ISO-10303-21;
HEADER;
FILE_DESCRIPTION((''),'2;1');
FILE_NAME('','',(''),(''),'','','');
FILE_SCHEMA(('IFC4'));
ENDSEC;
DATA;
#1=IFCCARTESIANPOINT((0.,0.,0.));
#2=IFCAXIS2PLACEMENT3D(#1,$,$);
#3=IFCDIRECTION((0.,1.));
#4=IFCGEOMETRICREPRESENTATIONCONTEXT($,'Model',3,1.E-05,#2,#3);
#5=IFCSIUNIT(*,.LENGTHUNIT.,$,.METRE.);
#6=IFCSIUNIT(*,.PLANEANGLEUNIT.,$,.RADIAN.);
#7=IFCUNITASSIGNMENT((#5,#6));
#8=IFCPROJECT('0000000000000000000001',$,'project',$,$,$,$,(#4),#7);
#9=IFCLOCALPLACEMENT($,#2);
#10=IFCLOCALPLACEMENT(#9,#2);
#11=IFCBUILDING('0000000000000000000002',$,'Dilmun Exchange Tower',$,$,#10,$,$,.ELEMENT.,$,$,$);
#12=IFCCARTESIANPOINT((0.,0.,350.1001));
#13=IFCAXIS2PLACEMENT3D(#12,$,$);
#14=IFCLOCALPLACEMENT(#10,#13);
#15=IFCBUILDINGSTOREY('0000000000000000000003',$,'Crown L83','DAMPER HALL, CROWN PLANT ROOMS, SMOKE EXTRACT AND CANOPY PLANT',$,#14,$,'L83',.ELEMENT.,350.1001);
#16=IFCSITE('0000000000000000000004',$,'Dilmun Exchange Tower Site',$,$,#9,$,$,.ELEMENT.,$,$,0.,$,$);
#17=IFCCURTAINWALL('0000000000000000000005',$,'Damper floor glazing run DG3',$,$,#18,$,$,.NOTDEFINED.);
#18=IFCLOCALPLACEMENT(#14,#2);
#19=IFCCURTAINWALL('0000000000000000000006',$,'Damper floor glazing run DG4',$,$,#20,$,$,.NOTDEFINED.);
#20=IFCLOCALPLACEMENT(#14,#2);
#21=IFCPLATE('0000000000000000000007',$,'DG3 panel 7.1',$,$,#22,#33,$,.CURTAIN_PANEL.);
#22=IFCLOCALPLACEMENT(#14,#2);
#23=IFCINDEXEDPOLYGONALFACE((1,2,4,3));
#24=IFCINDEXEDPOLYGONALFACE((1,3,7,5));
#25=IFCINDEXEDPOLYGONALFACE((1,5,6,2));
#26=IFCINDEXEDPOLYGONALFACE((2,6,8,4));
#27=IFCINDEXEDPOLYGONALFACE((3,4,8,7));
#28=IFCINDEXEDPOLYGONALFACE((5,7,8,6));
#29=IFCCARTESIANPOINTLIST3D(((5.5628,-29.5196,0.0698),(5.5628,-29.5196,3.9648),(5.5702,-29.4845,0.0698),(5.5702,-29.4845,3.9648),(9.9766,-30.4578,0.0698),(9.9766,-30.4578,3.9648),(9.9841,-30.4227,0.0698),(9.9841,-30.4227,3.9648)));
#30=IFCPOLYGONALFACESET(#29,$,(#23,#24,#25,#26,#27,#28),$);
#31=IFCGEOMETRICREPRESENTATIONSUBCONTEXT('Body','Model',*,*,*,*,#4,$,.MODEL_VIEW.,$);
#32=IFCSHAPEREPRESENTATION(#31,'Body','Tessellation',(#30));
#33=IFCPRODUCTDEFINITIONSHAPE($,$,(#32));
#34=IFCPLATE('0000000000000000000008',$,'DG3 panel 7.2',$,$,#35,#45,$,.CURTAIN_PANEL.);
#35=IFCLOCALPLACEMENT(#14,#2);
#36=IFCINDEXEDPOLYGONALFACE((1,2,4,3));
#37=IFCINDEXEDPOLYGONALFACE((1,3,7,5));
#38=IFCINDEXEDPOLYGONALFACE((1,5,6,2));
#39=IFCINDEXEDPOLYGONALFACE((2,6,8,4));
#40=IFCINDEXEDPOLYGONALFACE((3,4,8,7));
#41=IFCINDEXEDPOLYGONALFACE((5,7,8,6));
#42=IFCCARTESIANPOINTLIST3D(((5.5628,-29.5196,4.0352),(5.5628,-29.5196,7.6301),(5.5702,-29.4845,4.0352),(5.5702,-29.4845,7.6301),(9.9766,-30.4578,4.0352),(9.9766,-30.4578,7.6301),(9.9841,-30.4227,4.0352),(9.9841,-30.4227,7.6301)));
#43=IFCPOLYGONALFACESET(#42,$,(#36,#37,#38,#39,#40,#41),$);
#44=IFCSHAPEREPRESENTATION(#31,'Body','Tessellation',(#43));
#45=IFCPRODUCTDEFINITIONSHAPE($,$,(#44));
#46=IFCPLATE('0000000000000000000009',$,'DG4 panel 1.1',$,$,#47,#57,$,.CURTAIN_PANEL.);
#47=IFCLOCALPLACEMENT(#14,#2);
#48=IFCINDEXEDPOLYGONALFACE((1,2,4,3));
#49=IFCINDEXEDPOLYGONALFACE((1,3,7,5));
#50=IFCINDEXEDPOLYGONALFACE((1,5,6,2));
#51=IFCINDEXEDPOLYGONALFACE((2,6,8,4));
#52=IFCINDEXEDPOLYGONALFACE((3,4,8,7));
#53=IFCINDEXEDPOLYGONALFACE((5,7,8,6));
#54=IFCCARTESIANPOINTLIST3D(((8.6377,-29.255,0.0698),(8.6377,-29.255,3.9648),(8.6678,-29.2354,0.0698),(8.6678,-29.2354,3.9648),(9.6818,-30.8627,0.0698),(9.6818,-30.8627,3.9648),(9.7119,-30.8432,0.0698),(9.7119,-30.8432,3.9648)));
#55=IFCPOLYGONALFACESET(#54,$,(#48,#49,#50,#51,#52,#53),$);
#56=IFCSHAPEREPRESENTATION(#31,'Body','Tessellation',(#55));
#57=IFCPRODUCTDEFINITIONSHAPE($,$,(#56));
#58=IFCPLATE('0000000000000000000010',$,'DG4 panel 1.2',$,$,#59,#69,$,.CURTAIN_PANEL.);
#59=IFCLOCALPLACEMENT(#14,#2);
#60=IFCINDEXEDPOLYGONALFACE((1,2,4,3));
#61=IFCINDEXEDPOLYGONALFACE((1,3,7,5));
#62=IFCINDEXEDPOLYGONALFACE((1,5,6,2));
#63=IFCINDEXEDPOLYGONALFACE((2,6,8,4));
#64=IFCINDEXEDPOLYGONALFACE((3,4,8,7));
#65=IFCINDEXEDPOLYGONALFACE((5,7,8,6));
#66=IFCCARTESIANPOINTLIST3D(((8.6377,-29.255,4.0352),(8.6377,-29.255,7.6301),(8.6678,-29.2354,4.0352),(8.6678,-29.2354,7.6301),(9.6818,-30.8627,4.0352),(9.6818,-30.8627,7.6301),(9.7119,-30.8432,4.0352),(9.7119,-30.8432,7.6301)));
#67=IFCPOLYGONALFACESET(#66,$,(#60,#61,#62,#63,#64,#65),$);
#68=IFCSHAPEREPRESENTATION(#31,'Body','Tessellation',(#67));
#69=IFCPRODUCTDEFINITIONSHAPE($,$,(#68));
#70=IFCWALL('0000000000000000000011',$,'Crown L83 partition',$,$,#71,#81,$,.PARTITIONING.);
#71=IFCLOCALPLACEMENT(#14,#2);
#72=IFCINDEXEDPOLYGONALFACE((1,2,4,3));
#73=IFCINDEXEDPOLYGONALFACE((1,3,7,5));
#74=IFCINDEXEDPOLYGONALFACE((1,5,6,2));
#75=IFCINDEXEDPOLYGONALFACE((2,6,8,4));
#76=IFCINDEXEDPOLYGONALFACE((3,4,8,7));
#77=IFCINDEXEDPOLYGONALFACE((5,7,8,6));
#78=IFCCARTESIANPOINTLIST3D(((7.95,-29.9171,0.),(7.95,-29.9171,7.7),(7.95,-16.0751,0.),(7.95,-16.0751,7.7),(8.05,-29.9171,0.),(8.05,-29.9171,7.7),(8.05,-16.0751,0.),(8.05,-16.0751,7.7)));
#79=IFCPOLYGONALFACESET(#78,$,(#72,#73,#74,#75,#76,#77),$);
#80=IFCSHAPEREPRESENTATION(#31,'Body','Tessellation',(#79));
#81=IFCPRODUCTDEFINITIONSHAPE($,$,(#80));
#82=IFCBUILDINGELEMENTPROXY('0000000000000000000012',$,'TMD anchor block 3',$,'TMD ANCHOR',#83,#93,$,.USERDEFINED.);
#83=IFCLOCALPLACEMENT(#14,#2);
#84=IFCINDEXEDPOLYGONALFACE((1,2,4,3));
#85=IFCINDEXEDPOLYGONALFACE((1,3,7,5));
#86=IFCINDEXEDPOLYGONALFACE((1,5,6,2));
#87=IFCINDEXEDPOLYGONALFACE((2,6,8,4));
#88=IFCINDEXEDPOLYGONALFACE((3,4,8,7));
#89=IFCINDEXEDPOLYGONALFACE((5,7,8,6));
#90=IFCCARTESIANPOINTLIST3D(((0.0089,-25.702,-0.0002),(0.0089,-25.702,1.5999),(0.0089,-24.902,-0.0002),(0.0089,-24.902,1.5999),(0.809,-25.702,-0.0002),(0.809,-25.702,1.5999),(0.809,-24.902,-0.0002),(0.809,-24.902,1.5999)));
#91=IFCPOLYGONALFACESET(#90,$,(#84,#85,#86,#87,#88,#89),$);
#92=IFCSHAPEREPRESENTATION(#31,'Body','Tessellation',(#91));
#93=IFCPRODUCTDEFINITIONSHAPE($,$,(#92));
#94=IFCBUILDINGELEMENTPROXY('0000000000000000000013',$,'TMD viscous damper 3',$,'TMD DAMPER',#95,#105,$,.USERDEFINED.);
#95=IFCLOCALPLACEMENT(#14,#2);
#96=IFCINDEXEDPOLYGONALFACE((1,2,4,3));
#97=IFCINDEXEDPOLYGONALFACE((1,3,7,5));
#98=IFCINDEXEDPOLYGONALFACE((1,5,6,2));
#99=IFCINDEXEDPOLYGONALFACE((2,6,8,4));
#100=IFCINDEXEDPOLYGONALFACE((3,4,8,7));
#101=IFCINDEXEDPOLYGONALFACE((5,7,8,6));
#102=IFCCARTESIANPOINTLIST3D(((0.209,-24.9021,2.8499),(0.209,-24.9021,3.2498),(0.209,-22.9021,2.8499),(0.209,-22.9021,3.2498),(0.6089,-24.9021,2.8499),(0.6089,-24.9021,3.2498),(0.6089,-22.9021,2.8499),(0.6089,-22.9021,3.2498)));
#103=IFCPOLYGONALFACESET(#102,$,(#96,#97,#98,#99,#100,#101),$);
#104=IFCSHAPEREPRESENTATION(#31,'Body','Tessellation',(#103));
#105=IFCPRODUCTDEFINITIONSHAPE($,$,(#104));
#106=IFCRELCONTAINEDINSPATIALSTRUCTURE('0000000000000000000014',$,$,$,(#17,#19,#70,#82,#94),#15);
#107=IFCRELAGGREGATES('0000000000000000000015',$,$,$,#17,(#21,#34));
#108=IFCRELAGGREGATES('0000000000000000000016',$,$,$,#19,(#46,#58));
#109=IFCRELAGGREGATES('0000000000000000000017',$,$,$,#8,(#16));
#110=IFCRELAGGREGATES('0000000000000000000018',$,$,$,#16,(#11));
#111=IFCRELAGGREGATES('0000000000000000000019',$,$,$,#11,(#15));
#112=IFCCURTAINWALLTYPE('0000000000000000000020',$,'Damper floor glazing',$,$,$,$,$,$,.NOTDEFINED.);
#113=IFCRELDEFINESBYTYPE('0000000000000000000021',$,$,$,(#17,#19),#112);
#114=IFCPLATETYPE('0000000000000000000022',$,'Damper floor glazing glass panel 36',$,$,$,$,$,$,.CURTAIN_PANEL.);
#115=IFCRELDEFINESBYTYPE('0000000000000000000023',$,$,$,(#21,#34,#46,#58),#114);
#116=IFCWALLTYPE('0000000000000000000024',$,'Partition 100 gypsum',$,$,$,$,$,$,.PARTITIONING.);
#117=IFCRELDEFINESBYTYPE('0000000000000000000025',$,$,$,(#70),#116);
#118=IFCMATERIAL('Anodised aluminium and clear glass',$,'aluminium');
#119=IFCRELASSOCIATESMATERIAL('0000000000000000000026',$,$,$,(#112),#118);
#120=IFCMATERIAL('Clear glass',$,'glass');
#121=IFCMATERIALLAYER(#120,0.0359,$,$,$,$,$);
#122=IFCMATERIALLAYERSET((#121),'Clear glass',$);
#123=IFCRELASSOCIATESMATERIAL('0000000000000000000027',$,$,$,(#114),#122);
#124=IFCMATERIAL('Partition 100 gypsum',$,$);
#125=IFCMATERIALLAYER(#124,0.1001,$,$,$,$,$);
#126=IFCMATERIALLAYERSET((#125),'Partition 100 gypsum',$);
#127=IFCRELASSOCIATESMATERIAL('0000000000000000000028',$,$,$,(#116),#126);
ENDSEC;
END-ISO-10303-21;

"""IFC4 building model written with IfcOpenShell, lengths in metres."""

from ifc_helpers import new_model, si_unit, direction, frame, frame_2d, origin, origin_2d, place, context, subcontext, project, spatial, rectangle, extrude, material, layer, layer_set, type_object, element, aggregate, save


model = new_model("IFC4")

# Units and contexts
model_context = context("Model", 3, precision=1e-05, world=origin(), true_north=direction((0.0, 1.0)))
body_context = subcontext(model_context, "Body", "Model", "MODEL_VIEW")
ifc_project = project(units=[si_unit("LENGTHUNIT", "METRE"), si_unit("PLANEANGLEUNIT", "RADIAN")], contexts=[model_context])

# Site, building, storey
site_placement = place(None, origin())
site = spatial("IfcSite", under=ifc_project, at=site_placement, Name="Dilmun Exchange Tower Site", CompositionType="ELEMENT", RefElevation=0.0)
building_placement = place(site_placement, origin())
building = spatial("IfcBuilding", under=site, at=building_placement, Name="Dilmun Exchange Tower", CompositionType="ELEMENT")
storey_placement = place(building_placement, frame((0.0, 0.0, 350.1001)))
storey = spatial("IfcBuildingStorey", under=building, at=storey_placement, Name="Crown L83", Description="DAMPER HALL, CROWN PLANT ROOMS, SMOKE EXTRACT AND CANOPY PLANT", LongName="L83", CompositionType="ELEMENT", Elevation=350.1001)

# Curtain walls
ifc_material_1 = material(Name="Anodised aluminium and clear glass", Category="aluminium")
curtain_wall_type = type_object("IfcCurtainWallType", Name="Damper floor glazing", PredefinedType="NOTDEFINED", material=ifc_material_1)
curtain_wall_1_placement = place(storey_placement, origin())
curtain_wall_1 = element("IfcCurtainWall", 1, at=curtain_wall_1_placement, inside=storey, type_object=curtain_wall_type, Name="Damper floor glazing run DG3", PredefinedType="NOTDEFINED")
curtain_wall_2_placement = place(storey_placement, origin())
curtain_wall_2 = element("IfcCurtainWall", 2, at=curtain_wall_2_placement, inside=storey, type_object=curtain_wall_type, Name="Damper floor glazing run DG4", PredefinedType="NOTDEFINED")

# Plates
ifc_material_2 = material(Name="Clear glass", Category="glass")
ifc_layer_1 = layer(ifc_material_2, 0.0359)
ifc_layer_set_1 = layer_set([ifc_layer_1], Name="Clear glass")
plate_type = type_object("IfcPlateType", Name="Damper floor glazing glass panel 36", PredefinedType="CURTAIN_PANEL", material=ifc_layer_set_1)
plate_1_placement = place(storey_placement, frame((7.7734, -29.9712, 0.0698), z_axis=(0.0, 0.0, 1.0), x_axis=(0.978148, -0.207911, 0.0)))
plate_1 = element("IfcPlate", 3, at=plate_1_placement, type_object=plate_type, Name="DG3 panel 7.1", PredefinedType="CURTAIN_PANEL", context=body_context, shape_type="SweptSolid", body=[
    extrude(rectangle(XDim=4.5125, YDim=0.0359, at=origin_2d()), origin(), (0.0, 0.0, 1.0), 3.895),
])
plate_2_placement = place(storey_placement, frame((7.7734, -29.9712, 4.0352), z_axis=(0.0, 0.0, 1.0), x_axis=(0.978148, -0.207911, 0.0)))
plate_2 = element("IfcPlate", 4, at=plate_2_placement, type_object=plate_type, Name="DG3 panel 7.2", PredefinedType="CURTAIN_PANEL", context=body_context, shape_type="SweptSolid", body=[
    extrude(rectangle(XDim=4.5125, YDim=0.0359, at=origin_2d()), origin(), (0.0, 0.0, 1.0), 3.595),
])
aggregate(curtain_wall_1, [plate_1, plate_2])
plate_3_placement = place(storey_placement, frame((9.1748, -30.0491, 0.0698), z_axis=(0.0, 0.0, 1.0), x_axis=(-0.544653, 0.838661, 0.0)))
plate_3 = element("IfcPlate", 5, at=plate_3_placement, type_object=plate_type, Name="DG4 panel 1.1", PredefinedType="CURTAIN_PANEL", context=body_context, shape_type="SweptSolid", body=[
    extrude(rectangle(XDim=1.917, YDim=0.0359, at=origin_2d()), origin(), (0.0, 0.0, 1.0), 3.895),
])
plate_4_placement = place(storey_placement, frame((9.1748, -30.0491, 4.0352), z_axis=(0.0, 0.0, 1.0), x_axis=(-0.544653, 0.838661, 0.0)))
plate_4 = element("IfcPlate", 6, at=plate_4_placement, type_object=plate_type, Name="DG4 panel 1.2", PredefinedType="CURTAIN_PANEL", context=body_context, shape_type="SweptSolid", body=[
    extrude(rectangle(XDim=1.917, YDim=0.0359, at=origin_2d()), origin(), (0.0, 0.0, 1.0), 3.595),
])
aggregate(curtain_wall_2, [plate_3, plate_4])

# Wall
ifc_material_3 = material(Name="Partition 100 gypsum")
ifc_layer_2 = layer(ifc_material_3, 0.1001)
ifc_layer_set_2 = layer_set([ifc_layer_2], Name="Partition 100 gypsum")
wall_type = type_object("IfcWallType", Name="Partition 100 gypsum", PredefinedType="PARTITIONING", material=ifc_layer_set_2)
wall_placement = place(storey_placement, frame((8.0, -29.917, 0.0), z_axis=(0.0, 0.0, 1.0), x_axis=(0.0, 1.0, 0.0)))
element("IfcWall", 7, at=wall_placement, inside=storey, type_object=wall_type, Name="Crown L83 partition", PredefinedType="PARTITIONING", context=body_context, shape_type="SweptSolid", body=[
    extrude(rectangle(XDim=13.842, YDim=0.1001, at=frame_2d((6.9209, 0.0))), origin(), (0.0, 0.0, 1.0), 7.7),
])

# Building element proxies
proxy_1_placement = place(storey_placement, frame((0.4089, -25.302, -0.0002), z_axis=(0.0, 0.0, 1.0), x_axis=(1.0, 0.0, 0.0)))
element("IfcBuildingElementProxy", 8, at=proxy_1_placement, inside=storey, Name="TMD anchor block 3", ObjectType="TMD ANCHOR", PredefinedType="USERDEFINED", context=body_context, shape_type="SweptSolid", body=[
    extrude(rectangle(XDim=0.8, YDim=0.8, at=origin_2d()), origin(), (0.0, 0.0, 1.0), 1.6001),
])
proxy_2_placement = place(storey_placement, frame((0.4089, -23.9021, 2.8499), z_axis=(0.0, 0.0, 1.0), x_axis=(1.0, 0.0, 0.0)))
element("IfcBuildingElementProxy", 9, at=proxy_2_placement, inside=storey, Name="TMD viscous damper 3", ObjectType="TMD DAMPER", PredefinedType="USERDEFINED", context=body_context, shape_type="SweptSolid", body=[
    extrude(rectangle(XDim=0.3999, YDim=2.0, at=origin_2d()), origin(), (0.0, 0.0, 1.0), 0.3999),
])

save(model, "model.ifc")
